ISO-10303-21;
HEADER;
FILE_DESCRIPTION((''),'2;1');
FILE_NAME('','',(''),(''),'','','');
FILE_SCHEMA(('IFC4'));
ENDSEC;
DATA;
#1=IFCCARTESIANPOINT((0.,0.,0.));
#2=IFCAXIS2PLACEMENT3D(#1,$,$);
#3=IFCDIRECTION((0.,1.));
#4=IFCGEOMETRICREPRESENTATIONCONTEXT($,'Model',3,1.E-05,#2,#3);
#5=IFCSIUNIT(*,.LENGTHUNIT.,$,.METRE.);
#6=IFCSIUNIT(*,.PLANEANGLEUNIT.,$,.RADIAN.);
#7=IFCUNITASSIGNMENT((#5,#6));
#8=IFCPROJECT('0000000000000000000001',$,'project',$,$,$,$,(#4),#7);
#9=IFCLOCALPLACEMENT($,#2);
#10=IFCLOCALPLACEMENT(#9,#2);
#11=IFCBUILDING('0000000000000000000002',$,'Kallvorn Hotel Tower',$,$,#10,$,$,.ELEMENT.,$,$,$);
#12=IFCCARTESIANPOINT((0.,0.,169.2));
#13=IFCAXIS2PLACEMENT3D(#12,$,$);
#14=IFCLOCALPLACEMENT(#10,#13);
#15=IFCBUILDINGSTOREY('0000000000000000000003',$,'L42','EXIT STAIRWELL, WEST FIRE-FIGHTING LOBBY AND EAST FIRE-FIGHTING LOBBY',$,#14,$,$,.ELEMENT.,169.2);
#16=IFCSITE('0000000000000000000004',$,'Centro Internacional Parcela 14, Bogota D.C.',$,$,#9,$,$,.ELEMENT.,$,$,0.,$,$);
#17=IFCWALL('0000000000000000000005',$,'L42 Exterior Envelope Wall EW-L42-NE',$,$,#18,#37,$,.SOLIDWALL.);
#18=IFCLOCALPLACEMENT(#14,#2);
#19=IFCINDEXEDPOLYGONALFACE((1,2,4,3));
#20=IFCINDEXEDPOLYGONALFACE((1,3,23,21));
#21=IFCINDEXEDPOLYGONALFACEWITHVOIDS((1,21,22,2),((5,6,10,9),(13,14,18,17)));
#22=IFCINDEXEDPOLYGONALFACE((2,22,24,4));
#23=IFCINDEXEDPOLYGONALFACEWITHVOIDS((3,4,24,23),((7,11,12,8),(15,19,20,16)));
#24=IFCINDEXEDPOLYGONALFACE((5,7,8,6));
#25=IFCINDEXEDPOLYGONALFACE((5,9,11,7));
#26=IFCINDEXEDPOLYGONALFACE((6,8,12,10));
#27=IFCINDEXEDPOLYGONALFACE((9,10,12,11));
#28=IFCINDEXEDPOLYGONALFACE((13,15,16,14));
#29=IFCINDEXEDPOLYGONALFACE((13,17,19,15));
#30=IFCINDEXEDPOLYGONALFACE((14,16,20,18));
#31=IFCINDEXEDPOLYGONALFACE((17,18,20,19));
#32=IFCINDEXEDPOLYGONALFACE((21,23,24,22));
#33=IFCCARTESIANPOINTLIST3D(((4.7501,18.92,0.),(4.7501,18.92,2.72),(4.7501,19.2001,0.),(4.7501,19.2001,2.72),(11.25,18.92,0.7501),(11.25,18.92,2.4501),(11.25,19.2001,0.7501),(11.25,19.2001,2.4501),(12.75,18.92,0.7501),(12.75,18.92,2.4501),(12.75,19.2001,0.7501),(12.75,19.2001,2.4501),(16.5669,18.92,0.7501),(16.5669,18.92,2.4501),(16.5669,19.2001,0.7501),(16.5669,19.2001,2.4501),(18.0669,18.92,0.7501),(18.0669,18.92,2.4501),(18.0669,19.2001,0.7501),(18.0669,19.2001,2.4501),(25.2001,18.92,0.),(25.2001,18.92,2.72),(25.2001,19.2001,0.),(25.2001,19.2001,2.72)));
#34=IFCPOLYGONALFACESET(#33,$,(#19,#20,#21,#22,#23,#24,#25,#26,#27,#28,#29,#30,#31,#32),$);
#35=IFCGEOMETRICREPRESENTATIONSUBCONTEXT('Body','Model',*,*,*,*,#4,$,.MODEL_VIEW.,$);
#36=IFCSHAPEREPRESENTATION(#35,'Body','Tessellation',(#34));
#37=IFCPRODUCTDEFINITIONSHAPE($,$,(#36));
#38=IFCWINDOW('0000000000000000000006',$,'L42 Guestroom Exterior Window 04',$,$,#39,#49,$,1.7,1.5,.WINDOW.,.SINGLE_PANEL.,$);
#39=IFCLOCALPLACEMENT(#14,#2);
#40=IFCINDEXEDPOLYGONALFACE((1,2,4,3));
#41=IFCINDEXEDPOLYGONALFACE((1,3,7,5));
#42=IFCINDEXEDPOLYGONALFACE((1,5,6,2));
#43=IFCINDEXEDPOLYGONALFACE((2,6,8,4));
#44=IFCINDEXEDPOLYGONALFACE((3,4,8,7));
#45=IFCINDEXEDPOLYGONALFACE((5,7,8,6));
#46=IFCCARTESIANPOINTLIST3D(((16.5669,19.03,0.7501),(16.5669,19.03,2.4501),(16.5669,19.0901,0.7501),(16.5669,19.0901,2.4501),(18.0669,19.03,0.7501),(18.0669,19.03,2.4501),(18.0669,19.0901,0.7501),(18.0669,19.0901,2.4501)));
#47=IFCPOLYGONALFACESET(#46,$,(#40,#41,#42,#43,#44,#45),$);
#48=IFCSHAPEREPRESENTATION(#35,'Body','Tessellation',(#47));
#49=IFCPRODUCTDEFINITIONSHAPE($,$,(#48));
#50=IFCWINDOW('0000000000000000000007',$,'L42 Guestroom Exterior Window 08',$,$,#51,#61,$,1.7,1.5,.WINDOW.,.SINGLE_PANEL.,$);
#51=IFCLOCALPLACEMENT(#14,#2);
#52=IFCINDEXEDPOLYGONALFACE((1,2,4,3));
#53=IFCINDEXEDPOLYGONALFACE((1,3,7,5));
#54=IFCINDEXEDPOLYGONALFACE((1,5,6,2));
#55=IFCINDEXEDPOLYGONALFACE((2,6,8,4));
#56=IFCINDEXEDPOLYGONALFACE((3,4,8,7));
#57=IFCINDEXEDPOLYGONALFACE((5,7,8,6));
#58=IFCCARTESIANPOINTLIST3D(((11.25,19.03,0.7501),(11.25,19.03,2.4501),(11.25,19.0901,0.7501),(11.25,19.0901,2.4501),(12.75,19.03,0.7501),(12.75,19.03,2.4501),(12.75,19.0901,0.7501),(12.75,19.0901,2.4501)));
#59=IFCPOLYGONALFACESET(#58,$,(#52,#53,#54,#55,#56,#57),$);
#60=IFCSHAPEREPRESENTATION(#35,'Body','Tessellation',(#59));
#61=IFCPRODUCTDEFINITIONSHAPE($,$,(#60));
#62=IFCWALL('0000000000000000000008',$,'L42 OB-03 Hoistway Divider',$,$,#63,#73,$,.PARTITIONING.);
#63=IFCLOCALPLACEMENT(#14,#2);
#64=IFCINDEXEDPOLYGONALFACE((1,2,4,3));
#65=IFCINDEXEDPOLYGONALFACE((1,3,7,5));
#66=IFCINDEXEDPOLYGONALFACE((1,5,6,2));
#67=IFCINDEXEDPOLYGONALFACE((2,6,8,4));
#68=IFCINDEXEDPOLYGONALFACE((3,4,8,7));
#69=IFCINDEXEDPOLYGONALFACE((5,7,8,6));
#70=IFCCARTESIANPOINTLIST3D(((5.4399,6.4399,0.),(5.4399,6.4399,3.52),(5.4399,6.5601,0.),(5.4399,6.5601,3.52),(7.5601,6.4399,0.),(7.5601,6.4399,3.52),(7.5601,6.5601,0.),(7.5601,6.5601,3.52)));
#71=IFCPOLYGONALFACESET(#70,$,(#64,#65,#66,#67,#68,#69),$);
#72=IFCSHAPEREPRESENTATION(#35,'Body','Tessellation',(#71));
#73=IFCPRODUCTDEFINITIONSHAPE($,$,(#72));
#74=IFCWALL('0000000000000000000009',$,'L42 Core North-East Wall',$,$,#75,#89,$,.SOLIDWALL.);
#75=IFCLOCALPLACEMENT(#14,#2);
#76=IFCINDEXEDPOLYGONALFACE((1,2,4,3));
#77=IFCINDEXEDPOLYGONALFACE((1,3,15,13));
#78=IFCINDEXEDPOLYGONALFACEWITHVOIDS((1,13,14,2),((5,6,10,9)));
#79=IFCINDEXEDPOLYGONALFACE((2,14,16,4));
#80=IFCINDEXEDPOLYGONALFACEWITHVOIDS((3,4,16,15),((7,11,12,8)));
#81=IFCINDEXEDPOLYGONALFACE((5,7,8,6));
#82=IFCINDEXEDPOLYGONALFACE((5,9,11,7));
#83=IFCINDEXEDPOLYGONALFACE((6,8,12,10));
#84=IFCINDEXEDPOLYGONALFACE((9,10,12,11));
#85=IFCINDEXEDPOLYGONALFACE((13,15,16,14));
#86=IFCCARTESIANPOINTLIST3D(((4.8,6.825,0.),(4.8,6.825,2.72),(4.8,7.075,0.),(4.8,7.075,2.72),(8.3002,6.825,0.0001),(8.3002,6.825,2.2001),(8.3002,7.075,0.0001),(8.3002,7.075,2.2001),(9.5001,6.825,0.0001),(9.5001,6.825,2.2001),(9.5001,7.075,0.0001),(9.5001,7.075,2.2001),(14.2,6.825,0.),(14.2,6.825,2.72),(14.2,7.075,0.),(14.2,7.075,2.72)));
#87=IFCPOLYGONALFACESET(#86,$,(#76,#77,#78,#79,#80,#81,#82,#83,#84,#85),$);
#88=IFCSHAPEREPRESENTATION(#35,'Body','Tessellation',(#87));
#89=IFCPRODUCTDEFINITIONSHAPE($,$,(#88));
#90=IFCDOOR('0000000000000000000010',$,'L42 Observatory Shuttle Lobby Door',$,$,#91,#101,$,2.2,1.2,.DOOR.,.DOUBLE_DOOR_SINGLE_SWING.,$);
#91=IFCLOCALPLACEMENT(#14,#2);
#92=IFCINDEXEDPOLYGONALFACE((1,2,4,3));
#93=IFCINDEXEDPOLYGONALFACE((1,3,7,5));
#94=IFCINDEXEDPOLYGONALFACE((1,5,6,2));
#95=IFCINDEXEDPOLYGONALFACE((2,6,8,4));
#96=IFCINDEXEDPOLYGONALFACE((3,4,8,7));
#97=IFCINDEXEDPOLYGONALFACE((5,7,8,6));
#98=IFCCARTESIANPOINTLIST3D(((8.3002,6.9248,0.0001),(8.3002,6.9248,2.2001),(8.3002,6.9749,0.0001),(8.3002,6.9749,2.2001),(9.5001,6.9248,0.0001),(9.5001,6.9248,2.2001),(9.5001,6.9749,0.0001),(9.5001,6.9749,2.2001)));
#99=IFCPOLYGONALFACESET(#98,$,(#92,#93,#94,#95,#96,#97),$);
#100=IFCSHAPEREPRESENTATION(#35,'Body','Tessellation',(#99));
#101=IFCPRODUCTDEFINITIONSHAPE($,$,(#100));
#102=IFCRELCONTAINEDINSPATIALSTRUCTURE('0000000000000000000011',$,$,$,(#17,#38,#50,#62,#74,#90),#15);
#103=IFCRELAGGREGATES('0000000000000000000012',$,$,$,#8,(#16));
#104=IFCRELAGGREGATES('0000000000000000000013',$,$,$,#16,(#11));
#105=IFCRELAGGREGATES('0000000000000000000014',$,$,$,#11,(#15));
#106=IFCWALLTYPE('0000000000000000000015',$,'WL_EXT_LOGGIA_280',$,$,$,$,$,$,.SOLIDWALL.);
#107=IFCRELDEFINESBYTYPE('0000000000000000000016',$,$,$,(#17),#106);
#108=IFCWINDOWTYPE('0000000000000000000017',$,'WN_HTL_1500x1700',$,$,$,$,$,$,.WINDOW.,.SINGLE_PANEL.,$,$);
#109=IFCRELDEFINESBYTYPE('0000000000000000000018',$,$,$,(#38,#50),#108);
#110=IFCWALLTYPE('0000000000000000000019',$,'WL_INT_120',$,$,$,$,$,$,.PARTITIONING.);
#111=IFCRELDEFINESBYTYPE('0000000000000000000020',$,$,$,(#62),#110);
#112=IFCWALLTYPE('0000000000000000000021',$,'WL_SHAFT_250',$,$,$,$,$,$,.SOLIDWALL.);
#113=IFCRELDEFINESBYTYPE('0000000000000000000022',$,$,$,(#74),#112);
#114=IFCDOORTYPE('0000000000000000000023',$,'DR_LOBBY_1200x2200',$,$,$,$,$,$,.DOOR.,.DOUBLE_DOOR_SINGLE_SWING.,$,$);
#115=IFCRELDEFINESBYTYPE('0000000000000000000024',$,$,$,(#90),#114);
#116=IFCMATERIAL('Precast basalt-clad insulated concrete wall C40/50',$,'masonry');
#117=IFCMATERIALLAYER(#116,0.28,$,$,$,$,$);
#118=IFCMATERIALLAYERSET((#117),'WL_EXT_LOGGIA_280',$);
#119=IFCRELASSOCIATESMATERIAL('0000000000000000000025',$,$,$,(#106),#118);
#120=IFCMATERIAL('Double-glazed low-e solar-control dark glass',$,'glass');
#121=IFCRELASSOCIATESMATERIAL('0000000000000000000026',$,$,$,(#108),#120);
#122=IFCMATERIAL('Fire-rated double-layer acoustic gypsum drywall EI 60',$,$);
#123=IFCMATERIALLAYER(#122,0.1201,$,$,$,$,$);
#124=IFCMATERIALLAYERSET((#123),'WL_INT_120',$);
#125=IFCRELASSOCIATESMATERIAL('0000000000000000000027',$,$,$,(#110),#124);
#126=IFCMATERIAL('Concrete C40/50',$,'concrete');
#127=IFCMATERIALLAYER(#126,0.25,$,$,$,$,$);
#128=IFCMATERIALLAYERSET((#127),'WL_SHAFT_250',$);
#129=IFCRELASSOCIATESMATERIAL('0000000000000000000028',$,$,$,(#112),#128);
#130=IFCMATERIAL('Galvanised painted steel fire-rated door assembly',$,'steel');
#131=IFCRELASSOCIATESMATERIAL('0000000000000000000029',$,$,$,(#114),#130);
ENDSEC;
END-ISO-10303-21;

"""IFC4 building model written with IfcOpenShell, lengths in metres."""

from ifc_helpers import new_model, si_unit, direction, frame, frame_2d, origin, place, context, subcontext, project, spatial, rectangle, extrude, material, layer, layer_set, type_object, element, fill, save


model = new_model("IFC4")

# Units and contexts
model_context = context("Model", 3, precision=1e-05, world=origin(), true_north=direction((0.0, 1.0)))
body_context = subcontext(model_context, "Body", "Model", "MODEL_VIEW")
ifc_project = project(units=[si_unit("LENGTHUNIT", "METRE"), si_unit("PLANEANGLEUNIT", "RADIAN")], contexts=[model_context])

# Site, building, storey
site_placement = place(None, origin())
site = spatial("IfcSite", under=ifc_project, at=site_placement, Name="Centro Internacional Parcela 14, Bogota D.C.", CompositionType="ELEMENT", RefElevation=0.0)
building_placement = place(site_placement, origin())
building = spatial("IfcBuilding", under=site, at=building_placement, Name="Kallvorn Hotel Tower", CompositionType="ELEMENT")
storey_placement = place(building_placement, frame((0.0, 0.0, 169.2)))
storey = spatial("IfcBuildingStorey", under=building, at=storey_placement, Name="L42", Description="EXIT STAIRWELL, WEST FIRE-FIGHTING LOBBY AND EAST FIRE-FIGHTING LOBBY", CompositionType="ELEMENT", Elevation=169.2)

# Wall, openings, windows
ifc_material_1 = material(Name="Precast basalt-clad insulated concrete wall C40/50", Category="masonry")
ifc_layer_1 = layer(ifc_material_1, 0.28)
ifc_layer_set_1 = layer_set([ifc_layer_1], Name="WL_EXT_LOGGIA_280")
wall_type_1 = type_object("IfcWallType", Name="WL_EXT_LOGGIA_280", PredefinedType="SOLIDWALL", material=ifc_layer_set_1)
wall_1_placement = place(storey_placement, frame((4.75, 19.0601, 0.0), z_axis=(0.0, 0.0, 1.0), x_axis=(1.0, 0.0, 0.0)))
wall_1 = element("IfcWall", 1, at=wall_1_placement, inside=storey, type_object=wall_type_1, Name="L42 Exterior Envelope Wall EW-L42-NE", PredefinedType="SOLIDWALL", context=body_context, shape_type="SweptSolid", body=[
    extrude(rectangle(XDim=20.45, YDim=0.28, at=frame_2d((10.2251, 0.0))), origin(), (0.0, 0.0, 1.0), 2.72),
])
opening_1_placement = place(wall_1_placement, frame((11.8169, 0.0, 0.75)))
opening_1 = element("IfcOpeningElement", 2, at=opening_1_placement, cuts=wall_1, PredefinedType="OPENING", context=body_context, shape_type="SweptSolid", body=[
    extrude(rectangle(XDim=1.5, YDim=1.7, at=frame_2d((0.75, 0.8501))), frame((0.0, 0.155, 0.0), z_axis=(0.0, -1.0, 0.0), x_axis=(1.0, 0.0, 0.0)), (0.0, 0.0, 1.0), 0.3101),
])
opening_2_placement = place(wall_1_placement, frame((6.5, 0.0, 0.75)))
opening_2 = element("IfcOpeningElement", 3, at=opening_2_placement, cuts=wall_1, PredefinedType="OPENING", context=body_context, shape_type="SweptSolid", body=[
    extrude(rectangle(XDim=1.5, YDim=1.7, at=frame_2d((0.75, 0.8501))), frame((0.0, 0.155, 0.0), z_axis=(0.0, -1.0, 0.0), x_axis=(1.0, 0.0, 0.0)), (0.0, 0.0, 1.0), 0.3101),
])
ifc_material_2 = material(Name="Double-glazed low-e solar-control dark glass", Category="glass")
window_type = type_object("IfcWindowType", Name="WN_HTL_1500x1700", PartitioningType="SINGLE_PANEL", PredefinedType="WINDOW", material=ifc_material_2)
window_1_placement = place(opening_1_placement, origin())
window_1 = element("IfcWindow", 4, at=window_1_placement, inside=storey, type_object=window_type, Name="L42 Guestroom Exterior Window 04", OverallHeight=1.7, OverallWidth=1.5, PartitioningType="SINGLE_PANEL", PredefinedType="WINDOW", context=body_context, shape_type="SweptSolid", body=[
    extrude(rectangle(XDim=1.5, YDim=1.7, at=frame_2d((0.75, 0.8501))), frame((0.0, 0.03, 0.0), z_axis=(0.0, -1.0, 0.0), x_axis=(1.0, 0.0, 0.0)), (0.0, 0.0, 1.0), 0.0601),
])
fill(opening_1, window_1)
window_2_placement = place(opening_2_placement, origin())
window_2 = element("IfcWindow", 5, at=window_2_placement, inside=storey, type_object=window_type, Name="L42 Guestroom Exterior Window 08", OverallHeight=1.7, OverallWidth=1.5, PartitioningType="SINGLE_PANEL", PredefinedType="WINDOW", context=body_context, shape_type="SweptSolid", body=[
    extrude(rectangle(XDim=1.5, YDim=1.7, at=frame_2d((0.75, 0.8501))), frame((0.0, 0.03, 0.0), z_axis=(0.0, -1.0, 0.0), x_axis=(1.0, 0.0, 0.0)), (0.0, 0.0, 1.0), 0.0601),
])
fill(opening_2, window_2)

# Wall
ifc_material_3 = material(Name="Fire-rated double-layer acoustic gypsum drywall EI 60")
ifc_layer_2 = layer(ifc_material_3, 0.1201)
ifc_layer_set_2 = layer_set([ifc_layer_2], Name="WL_INT_120")
wall_type_2 = type_object("IfcWallType", Name="WL_INT_120", PredefinedType="PARTITIONING", material=ifc_layer_set_2)
wall_2_placement = place(storey_placement, frame((5.4399, 6.5, 0.0), z_axis=(0.0, 0.0, 1.0), x_axis=(1.0, 0.0, 0.0)))
element("IfcWall", 6, at=wall_2_placement, inside=storey, type_object=wall_type_2, Name="L42 OB-03 Hoistway Divider", PredefinedType="PARTITIONING", context=body_context, shape_type="SweptSolid", body=[
    extrude(rectangle(XDim=2.1201, YDim=0.1201, at=frame_2d((1.0601, 0.0))), origin(), (0.0, 0.0, 1.0), 3.52),
])

# Wall, opening, door
ifc_material_4 = material(Name="Concrete C40/50", Category="concrete")
ifc_layer_3 = layer(ifc_material_4, 0.25)
ifc_layer_set_3 = layer_set([ifc_layer_3], Name="WL_SHAFT_250")
wall_type_3 = type_object("IfcWallType", Name="WL_SHAFT_250", PredefinedType="SOLIDWALL", material=ifc_layer_set_3)
wall_3_placement = place(storey_placement, frame((4.8, 6.95, 0.0), z_axis=(0.0, 0.0, 1.0), x_axis=(1.0, 0.0, 0.0)))
wall_3 = element("IfcWall", 7, at=wall_3_placement, inside=storey, type_object=wall_type_3, Name="L42 Core North-East Wall", PredefinedType="SOLIDWALL", context=body_context, shape_type="SweptSolid", body=[
    extrude(rectangle(XDim=9.3999, YDim=0.25, at=frame_2d((4.7, 0.0))), origin(), (0.0, 0.0, 1.0), 2.72),
])
opening_3_placement = place(wall_3_placement, frame((3.5, 0.0, 0.0)))
opening_3 = element("IfcOpeningElement", 8, at=opening_3_placement, cuts=wall_3, PredefinedType="OPENING", context=body_context, shape_type="SweptSolid", body=[
    extrude(rectangle(XDim=1.2, YDim=2.2, at=frame_2d((0.6001, 1.1001))), frame((0.0, 0.1399, 0.0), z_axis=(0.0, -1.0, 0.0), x_axis=(1.0, 0.0, 0.0)), (0.0, 0.0, 1.0), 0.28),
])
ifc_material_5 = material(Name="Galvanised painted steel fire-rated door assembly", Category="steel")
door_type = type_object("IfcDoorType", Name="DR_LOBBY_1200x2200", OperationType="DOUBLE_DOOR_SINGLE_SWING", PredefinedType="DOOR", material=ifc_material_5)
door_placement = place(opening_3_placement, origin())
door = element("IfcDoor", 9, at=door_placement, inside=storey, type_object=door_type, Name="L42 Observatory Shuttle Lobby Door", OperationType="DOUBLE_DOOR_SINGLE_SWING", OverallHeight=2.2, OverallWidth=1.2, PredefinedType="DOOR", context=body_context, shape_type="SweptSolid", body=[
    extrude(rectangle(XDim=1.2, YDim=2.2, at=frame_2d((0.6001, 1.1001))), frame((0.0, 0.0249, 0.0), z_axis=(0.0, -1.0, 0.0), x_axis=(1.0, 0.0, 0.0)), (0.0, 0.0, 1.0), 0.05),
])
fill(opening_3, door)

save(model, "model.ifc")
